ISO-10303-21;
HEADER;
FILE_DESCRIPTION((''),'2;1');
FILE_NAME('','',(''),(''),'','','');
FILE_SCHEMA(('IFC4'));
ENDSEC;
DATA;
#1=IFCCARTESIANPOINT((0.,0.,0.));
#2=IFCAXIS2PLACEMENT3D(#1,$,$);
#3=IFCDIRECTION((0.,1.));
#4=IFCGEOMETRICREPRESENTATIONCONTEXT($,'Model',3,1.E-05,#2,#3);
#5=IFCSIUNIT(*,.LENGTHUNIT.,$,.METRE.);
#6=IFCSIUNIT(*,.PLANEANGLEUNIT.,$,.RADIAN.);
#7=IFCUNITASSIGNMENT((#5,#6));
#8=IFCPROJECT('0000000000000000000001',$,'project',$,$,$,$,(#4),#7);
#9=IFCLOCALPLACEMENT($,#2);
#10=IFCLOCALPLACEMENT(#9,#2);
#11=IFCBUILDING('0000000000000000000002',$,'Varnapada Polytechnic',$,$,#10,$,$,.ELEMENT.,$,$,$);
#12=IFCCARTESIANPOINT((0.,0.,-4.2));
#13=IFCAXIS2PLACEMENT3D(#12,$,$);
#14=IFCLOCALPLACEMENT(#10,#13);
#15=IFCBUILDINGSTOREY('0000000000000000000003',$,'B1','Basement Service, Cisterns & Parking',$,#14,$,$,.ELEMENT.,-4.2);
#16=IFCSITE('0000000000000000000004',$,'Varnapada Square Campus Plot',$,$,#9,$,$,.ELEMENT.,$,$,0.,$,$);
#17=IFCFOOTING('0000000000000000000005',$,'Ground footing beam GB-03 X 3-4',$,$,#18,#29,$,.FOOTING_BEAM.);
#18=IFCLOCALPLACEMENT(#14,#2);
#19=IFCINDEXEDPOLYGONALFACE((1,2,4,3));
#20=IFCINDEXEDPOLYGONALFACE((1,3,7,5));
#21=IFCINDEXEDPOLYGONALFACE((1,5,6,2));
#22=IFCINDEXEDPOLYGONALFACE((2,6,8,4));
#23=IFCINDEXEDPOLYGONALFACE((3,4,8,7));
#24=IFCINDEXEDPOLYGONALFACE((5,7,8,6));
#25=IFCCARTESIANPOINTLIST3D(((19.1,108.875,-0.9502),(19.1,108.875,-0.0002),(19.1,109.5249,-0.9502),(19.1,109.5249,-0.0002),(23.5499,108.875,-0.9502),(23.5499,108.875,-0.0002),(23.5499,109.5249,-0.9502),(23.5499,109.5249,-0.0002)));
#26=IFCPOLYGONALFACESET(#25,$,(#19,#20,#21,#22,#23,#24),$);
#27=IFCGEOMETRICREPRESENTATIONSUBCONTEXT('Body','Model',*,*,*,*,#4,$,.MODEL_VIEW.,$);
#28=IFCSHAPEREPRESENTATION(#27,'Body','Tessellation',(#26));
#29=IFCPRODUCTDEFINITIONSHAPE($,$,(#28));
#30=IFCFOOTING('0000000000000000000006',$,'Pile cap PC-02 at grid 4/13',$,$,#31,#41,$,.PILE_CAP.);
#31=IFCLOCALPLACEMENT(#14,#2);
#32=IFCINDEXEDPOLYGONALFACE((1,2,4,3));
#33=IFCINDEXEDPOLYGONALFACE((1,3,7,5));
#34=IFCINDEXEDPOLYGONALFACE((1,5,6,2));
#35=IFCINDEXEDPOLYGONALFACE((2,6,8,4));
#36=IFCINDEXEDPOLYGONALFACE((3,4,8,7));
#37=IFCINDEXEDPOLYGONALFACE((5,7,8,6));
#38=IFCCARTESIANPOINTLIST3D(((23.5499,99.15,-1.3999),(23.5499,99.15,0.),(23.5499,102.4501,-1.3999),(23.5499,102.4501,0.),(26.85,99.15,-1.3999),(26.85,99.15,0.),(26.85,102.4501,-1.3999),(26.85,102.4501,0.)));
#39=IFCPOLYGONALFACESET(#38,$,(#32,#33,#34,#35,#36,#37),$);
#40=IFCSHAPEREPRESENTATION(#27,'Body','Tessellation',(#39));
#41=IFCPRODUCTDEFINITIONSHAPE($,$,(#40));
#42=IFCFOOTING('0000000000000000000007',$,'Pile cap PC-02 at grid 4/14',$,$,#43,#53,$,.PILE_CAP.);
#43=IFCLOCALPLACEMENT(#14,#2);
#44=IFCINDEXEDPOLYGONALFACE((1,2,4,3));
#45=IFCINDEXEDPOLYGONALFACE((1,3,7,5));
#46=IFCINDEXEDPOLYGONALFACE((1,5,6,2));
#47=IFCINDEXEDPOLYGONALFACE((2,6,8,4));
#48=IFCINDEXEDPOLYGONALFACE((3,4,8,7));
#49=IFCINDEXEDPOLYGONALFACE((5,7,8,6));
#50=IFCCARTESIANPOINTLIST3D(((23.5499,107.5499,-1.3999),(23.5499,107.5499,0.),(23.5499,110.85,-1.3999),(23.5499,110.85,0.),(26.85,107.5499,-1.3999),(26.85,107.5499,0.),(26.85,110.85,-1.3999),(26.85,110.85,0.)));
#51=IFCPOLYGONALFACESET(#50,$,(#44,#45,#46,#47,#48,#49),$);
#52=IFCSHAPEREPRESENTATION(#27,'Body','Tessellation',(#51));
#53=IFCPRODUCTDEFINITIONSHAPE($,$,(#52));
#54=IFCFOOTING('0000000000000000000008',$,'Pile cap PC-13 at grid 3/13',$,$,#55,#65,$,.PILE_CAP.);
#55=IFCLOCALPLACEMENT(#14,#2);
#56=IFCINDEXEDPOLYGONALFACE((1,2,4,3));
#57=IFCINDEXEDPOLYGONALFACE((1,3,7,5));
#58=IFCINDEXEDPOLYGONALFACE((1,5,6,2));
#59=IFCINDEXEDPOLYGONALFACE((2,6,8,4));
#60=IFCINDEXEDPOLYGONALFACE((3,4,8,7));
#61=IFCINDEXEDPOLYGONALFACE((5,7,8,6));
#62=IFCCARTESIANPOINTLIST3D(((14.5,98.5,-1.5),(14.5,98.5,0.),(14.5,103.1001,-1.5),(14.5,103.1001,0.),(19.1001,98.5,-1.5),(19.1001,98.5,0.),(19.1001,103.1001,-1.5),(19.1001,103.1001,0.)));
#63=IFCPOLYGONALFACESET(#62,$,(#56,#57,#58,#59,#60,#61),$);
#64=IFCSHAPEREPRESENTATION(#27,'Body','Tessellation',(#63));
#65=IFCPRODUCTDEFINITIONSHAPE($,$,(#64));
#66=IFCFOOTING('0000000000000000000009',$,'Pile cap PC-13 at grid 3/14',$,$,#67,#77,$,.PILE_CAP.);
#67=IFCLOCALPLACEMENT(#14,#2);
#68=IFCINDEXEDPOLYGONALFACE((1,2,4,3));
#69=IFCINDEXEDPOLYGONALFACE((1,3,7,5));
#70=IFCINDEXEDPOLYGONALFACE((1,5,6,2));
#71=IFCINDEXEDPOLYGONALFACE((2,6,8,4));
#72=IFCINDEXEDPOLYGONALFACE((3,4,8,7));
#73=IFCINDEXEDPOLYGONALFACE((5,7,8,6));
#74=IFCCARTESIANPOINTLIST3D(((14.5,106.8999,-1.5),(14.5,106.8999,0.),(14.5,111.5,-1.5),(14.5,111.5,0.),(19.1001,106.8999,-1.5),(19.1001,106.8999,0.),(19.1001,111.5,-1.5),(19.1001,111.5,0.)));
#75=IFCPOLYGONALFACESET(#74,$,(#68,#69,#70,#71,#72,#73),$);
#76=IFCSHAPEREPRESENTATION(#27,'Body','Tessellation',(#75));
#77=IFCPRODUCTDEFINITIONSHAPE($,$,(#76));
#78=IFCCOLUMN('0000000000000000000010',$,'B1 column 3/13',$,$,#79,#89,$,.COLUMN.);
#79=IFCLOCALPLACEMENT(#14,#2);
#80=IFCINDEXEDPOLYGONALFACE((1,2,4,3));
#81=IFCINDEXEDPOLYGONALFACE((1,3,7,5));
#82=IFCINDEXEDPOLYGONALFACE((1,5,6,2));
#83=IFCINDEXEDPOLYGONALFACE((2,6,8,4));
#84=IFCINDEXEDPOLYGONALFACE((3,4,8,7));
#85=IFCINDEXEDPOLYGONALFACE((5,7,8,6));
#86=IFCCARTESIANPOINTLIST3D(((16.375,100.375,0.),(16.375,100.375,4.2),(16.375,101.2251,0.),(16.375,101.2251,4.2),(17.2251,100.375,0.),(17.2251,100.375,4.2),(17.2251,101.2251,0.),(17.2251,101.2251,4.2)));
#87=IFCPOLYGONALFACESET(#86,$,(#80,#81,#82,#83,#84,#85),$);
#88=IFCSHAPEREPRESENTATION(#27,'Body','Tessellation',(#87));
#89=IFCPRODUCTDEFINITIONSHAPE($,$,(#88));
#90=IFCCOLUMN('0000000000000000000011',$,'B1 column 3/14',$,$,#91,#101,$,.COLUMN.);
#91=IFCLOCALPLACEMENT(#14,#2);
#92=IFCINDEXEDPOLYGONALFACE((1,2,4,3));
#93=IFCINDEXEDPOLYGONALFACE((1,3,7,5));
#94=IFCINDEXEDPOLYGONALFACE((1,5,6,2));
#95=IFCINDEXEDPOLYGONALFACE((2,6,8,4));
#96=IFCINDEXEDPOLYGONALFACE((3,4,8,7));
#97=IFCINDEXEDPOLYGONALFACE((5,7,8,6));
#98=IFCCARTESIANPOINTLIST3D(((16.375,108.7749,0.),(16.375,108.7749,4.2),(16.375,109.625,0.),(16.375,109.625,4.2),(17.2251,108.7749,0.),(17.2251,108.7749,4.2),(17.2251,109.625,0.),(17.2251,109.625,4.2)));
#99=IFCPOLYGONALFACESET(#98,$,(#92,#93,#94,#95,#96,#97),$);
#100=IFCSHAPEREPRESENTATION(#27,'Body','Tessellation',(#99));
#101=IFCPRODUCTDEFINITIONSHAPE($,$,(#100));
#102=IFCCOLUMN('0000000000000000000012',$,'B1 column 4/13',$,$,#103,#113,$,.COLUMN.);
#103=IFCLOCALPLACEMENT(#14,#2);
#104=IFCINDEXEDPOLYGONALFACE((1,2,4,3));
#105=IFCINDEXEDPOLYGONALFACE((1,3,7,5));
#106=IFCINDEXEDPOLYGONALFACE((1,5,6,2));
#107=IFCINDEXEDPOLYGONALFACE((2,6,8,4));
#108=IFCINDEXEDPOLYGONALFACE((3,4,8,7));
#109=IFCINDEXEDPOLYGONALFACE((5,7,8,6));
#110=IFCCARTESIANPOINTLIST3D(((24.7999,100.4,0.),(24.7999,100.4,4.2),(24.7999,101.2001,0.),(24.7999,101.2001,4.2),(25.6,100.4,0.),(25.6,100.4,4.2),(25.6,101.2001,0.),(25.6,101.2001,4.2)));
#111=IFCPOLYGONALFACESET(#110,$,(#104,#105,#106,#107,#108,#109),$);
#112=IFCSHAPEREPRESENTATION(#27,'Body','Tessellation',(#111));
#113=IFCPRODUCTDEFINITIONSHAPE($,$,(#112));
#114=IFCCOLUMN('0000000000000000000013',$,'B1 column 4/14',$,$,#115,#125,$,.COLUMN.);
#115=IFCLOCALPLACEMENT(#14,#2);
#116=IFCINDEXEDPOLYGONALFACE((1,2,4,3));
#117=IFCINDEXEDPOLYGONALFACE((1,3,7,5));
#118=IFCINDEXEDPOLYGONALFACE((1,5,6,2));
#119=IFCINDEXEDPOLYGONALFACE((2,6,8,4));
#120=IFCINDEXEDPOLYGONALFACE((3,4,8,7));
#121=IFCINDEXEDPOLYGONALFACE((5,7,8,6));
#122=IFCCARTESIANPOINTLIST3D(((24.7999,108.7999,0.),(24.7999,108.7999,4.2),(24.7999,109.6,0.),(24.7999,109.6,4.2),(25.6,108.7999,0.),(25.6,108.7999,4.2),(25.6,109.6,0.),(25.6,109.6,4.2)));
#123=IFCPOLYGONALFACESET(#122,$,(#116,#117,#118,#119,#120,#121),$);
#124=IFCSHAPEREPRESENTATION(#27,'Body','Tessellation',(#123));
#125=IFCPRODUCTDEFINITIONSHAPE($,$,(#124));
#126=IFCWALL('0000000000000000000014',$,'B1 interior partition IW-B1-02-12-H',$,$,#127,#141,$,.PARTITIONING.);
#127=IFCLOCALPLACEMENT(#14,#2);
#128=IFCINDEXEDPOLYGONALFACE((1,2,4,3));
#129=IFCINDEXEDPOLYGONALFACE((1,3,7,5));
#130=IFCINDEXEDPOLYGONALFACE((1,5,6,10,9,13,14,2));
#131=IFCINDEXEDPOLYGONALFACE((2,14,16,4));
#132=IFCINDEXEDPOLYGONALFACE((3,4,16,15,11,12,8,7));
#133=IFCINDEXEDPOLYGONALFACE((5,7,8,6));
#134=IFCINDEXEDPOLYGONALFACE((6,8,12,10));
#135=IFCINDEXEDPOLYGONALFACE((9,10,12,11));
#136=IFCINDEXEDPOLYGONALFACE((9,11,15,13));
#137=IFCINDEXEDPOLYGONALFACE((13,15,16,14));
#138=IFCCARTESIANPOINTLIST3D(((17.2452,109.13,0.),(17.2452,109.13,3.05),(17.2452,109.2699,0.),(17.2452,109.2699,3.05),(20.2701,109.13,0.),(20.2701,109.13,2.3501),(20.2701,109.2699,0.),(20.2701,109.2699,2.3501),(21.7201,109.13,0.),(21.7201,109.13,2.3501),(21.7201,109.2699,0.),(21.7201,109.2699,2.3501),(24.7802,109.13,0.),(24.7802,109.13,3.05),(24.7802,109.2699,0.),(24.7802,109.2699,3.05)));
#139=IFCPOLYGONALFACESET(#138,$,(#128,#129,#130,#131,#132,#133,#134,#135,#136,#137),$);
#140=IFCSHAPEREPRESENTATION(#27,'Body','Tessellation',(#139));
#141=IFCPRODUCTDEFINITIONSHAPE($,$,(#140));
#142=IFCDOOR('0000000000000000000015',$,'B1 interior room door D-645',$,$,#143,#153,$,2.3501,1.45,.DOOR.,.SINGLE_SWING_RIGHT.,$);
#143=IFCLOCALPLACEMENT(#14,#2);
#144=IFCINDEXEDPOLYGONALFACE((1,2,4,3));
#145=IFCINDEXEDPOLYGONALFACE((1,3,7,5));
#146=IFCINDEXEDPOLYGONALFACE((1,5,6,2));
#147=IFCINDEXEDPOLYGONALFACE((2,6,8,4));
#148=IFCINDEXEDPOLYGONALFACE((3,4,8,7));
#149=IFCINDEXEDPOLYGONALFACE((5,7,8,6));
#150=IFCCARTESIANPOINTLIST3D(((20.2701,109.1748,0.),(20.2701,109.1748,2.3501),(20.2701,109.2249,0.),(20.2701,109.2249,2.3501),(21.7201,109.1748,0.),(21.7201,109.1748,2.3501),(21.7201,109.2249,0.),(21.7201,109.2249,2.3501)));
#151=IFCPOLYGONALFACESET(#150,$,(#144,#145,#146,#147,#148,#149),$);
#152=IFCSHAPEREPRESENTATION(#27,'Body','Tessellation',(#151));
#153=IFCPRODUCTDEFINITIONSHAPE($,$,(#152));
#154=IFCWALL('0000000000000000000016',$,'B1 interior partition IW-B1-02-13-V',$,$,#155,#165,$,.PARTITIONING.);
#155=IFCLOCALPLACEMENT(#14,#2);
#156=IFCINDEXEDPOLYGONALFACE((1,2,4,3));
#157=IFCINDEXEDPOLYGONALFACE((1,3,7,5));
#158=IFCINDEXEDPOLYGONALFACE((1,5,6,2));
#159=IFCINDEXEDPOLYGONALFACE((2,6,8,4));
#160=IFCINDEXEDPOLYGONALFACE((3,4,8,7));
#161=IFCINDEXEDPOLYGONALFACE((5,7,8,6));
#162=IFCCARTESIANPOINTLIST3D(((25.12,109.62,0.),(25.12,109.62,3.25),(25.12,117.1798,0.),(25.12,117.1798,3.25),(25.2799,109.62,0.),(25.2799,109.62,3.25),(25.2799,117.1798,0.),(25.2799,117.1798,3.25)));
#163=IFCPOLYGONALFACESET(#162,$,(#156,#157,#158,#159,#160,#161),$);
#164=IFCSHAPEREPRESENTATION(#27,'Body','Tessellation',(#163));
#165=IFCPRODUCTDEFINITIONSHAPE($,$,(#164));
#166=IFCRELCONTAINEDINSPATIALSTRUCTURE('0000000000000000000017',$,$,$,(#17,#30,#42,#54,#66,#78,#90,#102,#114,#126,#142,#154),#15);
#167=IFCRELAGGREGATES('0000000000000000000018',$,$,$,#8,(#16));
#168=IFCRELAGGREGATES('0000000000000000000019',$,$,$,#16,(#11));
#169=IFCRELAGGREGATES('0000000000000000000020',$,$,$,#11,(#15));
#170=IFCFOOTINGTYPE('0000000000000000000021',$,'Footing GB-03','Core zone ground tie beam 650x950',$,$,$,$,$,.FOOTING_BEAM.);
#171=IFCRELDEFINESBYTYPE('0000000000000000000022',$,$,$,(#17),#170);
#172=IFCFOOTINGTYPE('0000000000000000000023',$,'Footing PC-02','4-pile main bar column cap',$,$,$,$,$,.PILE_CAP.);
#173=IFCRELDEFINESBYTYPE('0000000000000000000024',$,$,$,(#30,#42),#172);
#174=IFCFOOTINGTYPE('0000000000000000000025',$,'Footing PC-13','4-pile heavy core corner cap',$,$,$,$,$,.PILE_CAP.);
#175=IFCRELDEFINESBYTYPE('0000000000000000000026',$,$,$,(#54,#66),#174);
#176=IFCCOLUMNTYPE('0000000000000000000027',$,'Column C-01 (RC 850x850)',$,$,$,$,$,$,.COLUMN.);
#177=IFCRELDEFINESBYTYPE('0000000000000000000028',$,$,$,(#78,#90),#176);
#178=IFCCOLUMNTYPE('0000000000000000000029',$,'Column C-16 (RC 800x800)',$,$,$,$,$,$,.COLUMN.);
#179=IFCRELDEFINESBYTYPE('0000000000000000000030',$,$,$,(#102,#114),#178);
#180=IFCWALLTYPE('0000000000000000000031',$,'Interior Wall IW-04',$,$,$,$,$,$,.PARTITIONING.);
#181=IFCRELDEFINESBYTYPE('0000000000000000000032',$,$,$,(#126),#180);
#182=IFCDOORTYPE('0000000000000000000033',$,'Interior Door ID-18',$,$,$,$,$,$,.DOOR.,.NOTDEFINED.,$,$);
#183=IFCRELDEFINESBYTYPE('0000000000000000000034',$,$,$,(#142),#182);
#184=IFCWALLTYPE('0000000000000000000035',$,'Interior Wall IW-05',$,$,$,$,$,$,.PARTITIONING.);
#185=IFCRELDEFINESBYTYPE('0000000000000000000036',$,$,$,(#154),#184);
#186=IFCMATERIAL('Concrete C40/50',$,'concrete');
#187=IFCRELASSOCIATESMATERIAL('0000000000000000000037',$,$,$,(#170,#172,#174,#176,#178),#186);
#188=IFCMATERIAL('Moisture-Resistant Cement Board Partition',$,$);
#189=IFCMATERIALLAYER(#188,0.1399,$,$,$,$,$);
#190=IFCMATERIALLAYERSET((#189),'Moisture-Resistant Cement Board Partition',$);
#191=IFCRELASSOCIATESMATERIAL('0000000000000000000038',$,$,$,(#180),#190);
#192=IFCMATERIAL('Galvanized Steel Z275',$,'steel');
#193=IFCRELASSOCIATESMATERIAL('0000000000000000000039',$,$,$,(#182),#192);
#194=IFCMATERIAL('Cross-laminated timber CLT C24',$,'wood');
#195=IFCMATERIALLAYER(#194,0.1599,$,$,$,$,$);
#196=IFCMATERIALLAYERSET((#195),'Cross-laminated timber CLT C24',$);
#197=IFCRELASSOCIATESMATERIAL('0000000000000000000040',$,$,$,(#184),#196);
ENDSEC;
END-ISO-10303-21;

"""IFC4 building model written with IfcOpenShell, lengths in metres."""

from ifc_helpers import new_model, si_unit, direction, frame, frame_2d, origin, origin_2d, place, context, subcontext, project, spatial, rectangle, extrude, material, layer, layer_set, material_profile, profile_set, type_object, element, fill, save


model = new_model("IFC4")

# Units and contexts
model_context = context("Model", 3, precision=1e-05, world=origin(), true_north=direction((0.0, 1.0)))
body_context = subcontext(model_context, "Body", "Model", "MODEL_VIEW")
ifc_project = project(units=[si_unit("LENGTHUNIT", "METRE"), si_unit("PLANEANGLEUNIT", "RADIAN")], contexts=[model_context])

# Site, building, storey
site_placement = place(None, origin())
site = spatial("IfcSite", under=ifc_project, at=site_placement, Name="Varnapada Square Campus Plot", CompositionType="ELEMENT", RefElevation=0.0)
building_placement = place(site_placement, origin())
building = spatial("IfcBuilding", under=site, at=building_placement, Name="Varnapada Polytechnic", CompositionType="ELEMENT")
storey_placement = place(building_placement, frame((0.0, 0.0, -4.2)))
storey = spatial("IfcBuildingStorey", under=building, at=storey_placement, Name="B1", Description="Basement Service, Cisterns & Parking", CompositionType="ELEMENT", Elevation=-4.2)

# Shared definitions
ifc_material_1 = material(Name="Concrete C40/50", Category="concrete")

# Footings
footing_type_1 = type_object("IfcFootingType", Name="Footing GB-03", Description="Core zone ground tie beam 650x950", PredefinedType="FOOTING_BEAM", material=ifc_material_1)
for number, where, z_axis, x_axis, name in (
    (1, (21.325, 109.2, -0.9502), (0.0, 0.0, 1.0), (1.0, 0.0, 0.0), "Ground footing beam GB-03 X 3-4"),
):
    element("IfcFooting", number, at=place(storey_placement, frame(where, z_axis=z_axis, x_axis=x_axis)), inside=storey, type_object=footing_type_1, Name=name, PredefinedType="FOOTING_BEAM", context=body_context, shape_type="SweptSolid", body=[
        extrude(rectangle(XDim=4.45, YDim=0.6499, at=origin_2d()), origin(), (0.0, 0.0, 1.0), 0.95),
    ])
footing_type_2 = type_object("IfcFootingType", Name="Footing PC-02", Description="4-pile main bar column cap", PredefinedType="PILE_CAP", material=ifc_material_1)
for number, where, z_axis, x_axis, name in (
    (2, (25.2, 100.8, -1.3999), (0.0, 0.0, 1.0), (1.0, 0.0, 0.0), "Pile cap PC-02 at grid 4/13"),
    (3, (25.2, 109.2, -1.3999), (0.0, 0.0, 1.0), (1.0, 0.0, 0.0), "Pile cap PC-02 at grid 4/14"),
):
    element("IfcFooting", number, at=place(storey_placement, frame(where, z_axis=z_axis, x_axis=x_axis)), inside=storey, type_object=footing_type_2, Name=name, PredefinedType="PILE_CAP", context=body_context, shape_type="SweptSolid", body=[
        extrude(rectangle(XDim=3.3, YDim=3.3, at=origin_2d()), origin(), (0.0, 0.0, 1.0), 1.3999),
    ])
footing_type_3 = type_object("IfcFootingType", Name="Footing PC-13", Description="4-pile heavy core corner cap", PredefinedType="PILE_CAP", material=ifc_material_1)
for number, where, z_axis, x_axis, name in (
    (4, (16.8, 100.8, -1.5), (0.0, 0.0, 1.0), (1.0, 0.0, 0.0), "Pile cap PC-13 at grid 3/13"),
    (5, (16.8, 109.2, -1.5), (0.0, 0.0, 1.0), (1.0, 0.0, 0.0), "Pile cap PC-13 at grid 3/14"),
):
    element("IfcFooting", number, at=place(storey_placement, frame(where, z_axis=z_axis, x_axis=x_axis)), inside=storey, type_object=footing_type_3, Name=name, PredefinedType="PILE_CAP", context=body_context, shape_type="SweptSolid", body=[
        extrude(rectangle(XDim=4.6001, YDim=4.6001, at=origin_2d()), origin(), (0.0, 0.0, 1.0), 1.5),
    ])

# Columns
ifc_material_profile_1 = material_profile(ifc_material_1, rectangle(XDim=0.8501, YDim=0.8501, at=origin_2d()), Name="RC 850x850")
ifc_profile_set_1 = profile_set([ifc_material_profile_1], Name="Concrete C40/50")
column_type_1 = type_object("IfcColumnType", Name="Column C-01 (RC 850x850)", PredefinedType="COLUMN", material=ifc_profile_set_1)
for number, where, z_axis, x_axis, name in (
    (6, (16.8, 100.8, 0.0), (0.0, 0.0, 1.0), (1.0, 0.0, 0.0), "B1 column 3/13"),
    (7, (16.8, 109.2, 0.0), (0.0, 0.0, 1.0), (1.0, 0.0, 0.0), "B1 column 3/14"),
):
    element("IfcColumn", number, at=place(storey_placement, frame(where, z_axis=z_axis, x_axis=x_axis)), inside=storey, type_object=column_type_1, Name=name, PredefinedType="COLUMN", context=body_context, shape_type="SweptSolid", body=[
        extrude(rectangle(XDim=0.8501, YDim=0.8501, at=origin_2d()), origin(), (0.0, 0.0, 1.0), 4.2),
    ])
ifc_material_profile_2 = material_profile(ifc_material_1, rectangle(XDim=0.8, YDim=0.8, at=origin_2d()), Name="RC 800x800")
ifc_profile_set_2 = profile_set([ifc_material_profile_2], Name="Concrete C40/50")
column_type_2 = type_object("IfcColumnType", Name="Column C-16 (RC 800x800)", PredefinedType="COLUMN", material=ifc_profile_set_2)
for number, where, z_axis, x_axis, name in (
    (8, (25.2, 100.8, 0.0), (0.0, 0.0, 1.0), (1.0, 0.0, 0.0), "B1 column 4/13"),
    (9, (25.2, 109.2, 0.0), (0.0, 0.0, 1.0), (1.0, 0.0, 0.0), "B1 column 4/14"),
):
    element("IfcColumn", number, at=place(storey_placement, frame(where, z_axis=z_axis, x_axis=x_axis)), inside=storey, type_object=column_type_2, Name=name, PredefinedType="COLUMN", context=body_context, shape_type="SweptSolid", body=[
        extrude(rectangle(XDim=0.8, YDim=0.8, at=origin_2d()), origin(), (0.0, 0.0, 1.0), 4.2),
    ])

# Wall, opening, door
ifc_material_2 = material(Name="Moisture-Resistant Cement Board Partition")
ifc_layer_1 = layer(ifc_material_2, 0.1399)
ifc_layer_set_1 = layer_set([ifc_layer_1], Name="Moisture-Resistant Cement Board Partition")
wall_type_1 = type_object("IfcWallType", Name="Interior Wall IW-04", PredefinedType="PARTITIONING", material=ifc_layer_set_1)
wall_1_placement = place(storey_placement, frame((17.2451, 109.2, 0.0), z_axis=(0.0, 0.0, 1.0), x_axis=(1.0, 0.0, 0.0)))
wall_1 = element("IfcWall", 10, at=wall_1_placement, inside=storey, type_object=wall_type_1, Name="B1 interior partition IW-B1-02-12-H", PredefinedType="PARTITIONING", context=body_context, shape_type="SweptSolid", body=[
    extrude(rectangle(XDim=7.5349, YDim=0.1399, at=frame_2d((3.7676, 0.0))), origin(), (0.0, 0.0, 1.0), 3.05),
])
opening_1_placement = place(wall_1_placement, frame((3.0249, 0.0, 0.0)))
opening_1 = element("IfcOpeningElement", 11, at=opening_1_placement, cuts=wall_1, PredefinedType="OPENING", context=body_context, shape_type="SweptSolid", body=[
    extrude(rectangle(XDim=1.45, YDim=2.3501, at=frame_2d((0.7251, 1.175))), frame((0.0, 0.0798, 0.0), z_axis=(0.0, -1.0, 0.0), x_axis=(1.0, 0.0, 0.0)), (0.0, 0.0, 1.0), 0.1599),
])
ifc_material_3 = material(Name="Galvanized Steel Z275", Category="steel")
door_type_1 = type_object("IfcDoorType", Name="Interior Door ID-18", OperationType="NOTDEFINED", PredefinedType="DOOR", material=ifc_material_3)
door_1_placement = place(opening_1_placement, origin())
door_1 = element("IfcDoor", 12, at=door_1_placement, inside=storey, type_object=door_type_1, Name="B1 interior room door D-645", OperationType="SINGLE_SWING_RIGHT", OverallHeight=2.3501, OverallWidth=1.45, PredefinedType="DOOR", context=body_context, shape_type="SweptSolid", body=[
    extrude(rectangle(XDim=1.45, YDim=2.3501, at=frame_2d((0.7251, 1.175))), frame((0.0, 0.0249, 0.0), z_axis=(0.0, -1.0, 0.0), x_axis=(1.0, 0.0, 0.0)), (0.0, 0.0, 1.0), 0.05),
])
fill(opening_1, door_1)

# Wall
ifc_material_4 = material(Name="Cross-laminated timber CLT C24", Category="wood")
ifc_layer_2 = layer(ifc_material_4, 0.1599)
ifc_layer_set_2 = layer_set([ifc_layer_2], Name="Cross-laminated timber CLT C24")
wall_type_2 = type_object("IfcWallType", Name="Interior Wall IW-05", PredefinedType="PARTITIONING", material=ifc_layer_set_2)
wall_2_placement = place(storey_placement, frame((25.2, 109.6201, 0.0), z_axis=(0.0, 0.0, 1.0), x_axis=(0.0, 1.0, 0.0)))
element("IfcWall", 13, at=wall_2_placement, inside=storey, type_object=wall_type_2, Name="B1 interior partition IW-B1-02-13-V", PredefinedType="PARTITIONING", context=body_context, shape_type="SweptSolid", body=[
    extrude(rectangle(XDim=7.5598, YDim=0.1599, at=frame_2d((3.7798, 0.0))), origin(), (0.0, 0.0, 1.0), 3.25),
])

save(model, "model.ifc")
